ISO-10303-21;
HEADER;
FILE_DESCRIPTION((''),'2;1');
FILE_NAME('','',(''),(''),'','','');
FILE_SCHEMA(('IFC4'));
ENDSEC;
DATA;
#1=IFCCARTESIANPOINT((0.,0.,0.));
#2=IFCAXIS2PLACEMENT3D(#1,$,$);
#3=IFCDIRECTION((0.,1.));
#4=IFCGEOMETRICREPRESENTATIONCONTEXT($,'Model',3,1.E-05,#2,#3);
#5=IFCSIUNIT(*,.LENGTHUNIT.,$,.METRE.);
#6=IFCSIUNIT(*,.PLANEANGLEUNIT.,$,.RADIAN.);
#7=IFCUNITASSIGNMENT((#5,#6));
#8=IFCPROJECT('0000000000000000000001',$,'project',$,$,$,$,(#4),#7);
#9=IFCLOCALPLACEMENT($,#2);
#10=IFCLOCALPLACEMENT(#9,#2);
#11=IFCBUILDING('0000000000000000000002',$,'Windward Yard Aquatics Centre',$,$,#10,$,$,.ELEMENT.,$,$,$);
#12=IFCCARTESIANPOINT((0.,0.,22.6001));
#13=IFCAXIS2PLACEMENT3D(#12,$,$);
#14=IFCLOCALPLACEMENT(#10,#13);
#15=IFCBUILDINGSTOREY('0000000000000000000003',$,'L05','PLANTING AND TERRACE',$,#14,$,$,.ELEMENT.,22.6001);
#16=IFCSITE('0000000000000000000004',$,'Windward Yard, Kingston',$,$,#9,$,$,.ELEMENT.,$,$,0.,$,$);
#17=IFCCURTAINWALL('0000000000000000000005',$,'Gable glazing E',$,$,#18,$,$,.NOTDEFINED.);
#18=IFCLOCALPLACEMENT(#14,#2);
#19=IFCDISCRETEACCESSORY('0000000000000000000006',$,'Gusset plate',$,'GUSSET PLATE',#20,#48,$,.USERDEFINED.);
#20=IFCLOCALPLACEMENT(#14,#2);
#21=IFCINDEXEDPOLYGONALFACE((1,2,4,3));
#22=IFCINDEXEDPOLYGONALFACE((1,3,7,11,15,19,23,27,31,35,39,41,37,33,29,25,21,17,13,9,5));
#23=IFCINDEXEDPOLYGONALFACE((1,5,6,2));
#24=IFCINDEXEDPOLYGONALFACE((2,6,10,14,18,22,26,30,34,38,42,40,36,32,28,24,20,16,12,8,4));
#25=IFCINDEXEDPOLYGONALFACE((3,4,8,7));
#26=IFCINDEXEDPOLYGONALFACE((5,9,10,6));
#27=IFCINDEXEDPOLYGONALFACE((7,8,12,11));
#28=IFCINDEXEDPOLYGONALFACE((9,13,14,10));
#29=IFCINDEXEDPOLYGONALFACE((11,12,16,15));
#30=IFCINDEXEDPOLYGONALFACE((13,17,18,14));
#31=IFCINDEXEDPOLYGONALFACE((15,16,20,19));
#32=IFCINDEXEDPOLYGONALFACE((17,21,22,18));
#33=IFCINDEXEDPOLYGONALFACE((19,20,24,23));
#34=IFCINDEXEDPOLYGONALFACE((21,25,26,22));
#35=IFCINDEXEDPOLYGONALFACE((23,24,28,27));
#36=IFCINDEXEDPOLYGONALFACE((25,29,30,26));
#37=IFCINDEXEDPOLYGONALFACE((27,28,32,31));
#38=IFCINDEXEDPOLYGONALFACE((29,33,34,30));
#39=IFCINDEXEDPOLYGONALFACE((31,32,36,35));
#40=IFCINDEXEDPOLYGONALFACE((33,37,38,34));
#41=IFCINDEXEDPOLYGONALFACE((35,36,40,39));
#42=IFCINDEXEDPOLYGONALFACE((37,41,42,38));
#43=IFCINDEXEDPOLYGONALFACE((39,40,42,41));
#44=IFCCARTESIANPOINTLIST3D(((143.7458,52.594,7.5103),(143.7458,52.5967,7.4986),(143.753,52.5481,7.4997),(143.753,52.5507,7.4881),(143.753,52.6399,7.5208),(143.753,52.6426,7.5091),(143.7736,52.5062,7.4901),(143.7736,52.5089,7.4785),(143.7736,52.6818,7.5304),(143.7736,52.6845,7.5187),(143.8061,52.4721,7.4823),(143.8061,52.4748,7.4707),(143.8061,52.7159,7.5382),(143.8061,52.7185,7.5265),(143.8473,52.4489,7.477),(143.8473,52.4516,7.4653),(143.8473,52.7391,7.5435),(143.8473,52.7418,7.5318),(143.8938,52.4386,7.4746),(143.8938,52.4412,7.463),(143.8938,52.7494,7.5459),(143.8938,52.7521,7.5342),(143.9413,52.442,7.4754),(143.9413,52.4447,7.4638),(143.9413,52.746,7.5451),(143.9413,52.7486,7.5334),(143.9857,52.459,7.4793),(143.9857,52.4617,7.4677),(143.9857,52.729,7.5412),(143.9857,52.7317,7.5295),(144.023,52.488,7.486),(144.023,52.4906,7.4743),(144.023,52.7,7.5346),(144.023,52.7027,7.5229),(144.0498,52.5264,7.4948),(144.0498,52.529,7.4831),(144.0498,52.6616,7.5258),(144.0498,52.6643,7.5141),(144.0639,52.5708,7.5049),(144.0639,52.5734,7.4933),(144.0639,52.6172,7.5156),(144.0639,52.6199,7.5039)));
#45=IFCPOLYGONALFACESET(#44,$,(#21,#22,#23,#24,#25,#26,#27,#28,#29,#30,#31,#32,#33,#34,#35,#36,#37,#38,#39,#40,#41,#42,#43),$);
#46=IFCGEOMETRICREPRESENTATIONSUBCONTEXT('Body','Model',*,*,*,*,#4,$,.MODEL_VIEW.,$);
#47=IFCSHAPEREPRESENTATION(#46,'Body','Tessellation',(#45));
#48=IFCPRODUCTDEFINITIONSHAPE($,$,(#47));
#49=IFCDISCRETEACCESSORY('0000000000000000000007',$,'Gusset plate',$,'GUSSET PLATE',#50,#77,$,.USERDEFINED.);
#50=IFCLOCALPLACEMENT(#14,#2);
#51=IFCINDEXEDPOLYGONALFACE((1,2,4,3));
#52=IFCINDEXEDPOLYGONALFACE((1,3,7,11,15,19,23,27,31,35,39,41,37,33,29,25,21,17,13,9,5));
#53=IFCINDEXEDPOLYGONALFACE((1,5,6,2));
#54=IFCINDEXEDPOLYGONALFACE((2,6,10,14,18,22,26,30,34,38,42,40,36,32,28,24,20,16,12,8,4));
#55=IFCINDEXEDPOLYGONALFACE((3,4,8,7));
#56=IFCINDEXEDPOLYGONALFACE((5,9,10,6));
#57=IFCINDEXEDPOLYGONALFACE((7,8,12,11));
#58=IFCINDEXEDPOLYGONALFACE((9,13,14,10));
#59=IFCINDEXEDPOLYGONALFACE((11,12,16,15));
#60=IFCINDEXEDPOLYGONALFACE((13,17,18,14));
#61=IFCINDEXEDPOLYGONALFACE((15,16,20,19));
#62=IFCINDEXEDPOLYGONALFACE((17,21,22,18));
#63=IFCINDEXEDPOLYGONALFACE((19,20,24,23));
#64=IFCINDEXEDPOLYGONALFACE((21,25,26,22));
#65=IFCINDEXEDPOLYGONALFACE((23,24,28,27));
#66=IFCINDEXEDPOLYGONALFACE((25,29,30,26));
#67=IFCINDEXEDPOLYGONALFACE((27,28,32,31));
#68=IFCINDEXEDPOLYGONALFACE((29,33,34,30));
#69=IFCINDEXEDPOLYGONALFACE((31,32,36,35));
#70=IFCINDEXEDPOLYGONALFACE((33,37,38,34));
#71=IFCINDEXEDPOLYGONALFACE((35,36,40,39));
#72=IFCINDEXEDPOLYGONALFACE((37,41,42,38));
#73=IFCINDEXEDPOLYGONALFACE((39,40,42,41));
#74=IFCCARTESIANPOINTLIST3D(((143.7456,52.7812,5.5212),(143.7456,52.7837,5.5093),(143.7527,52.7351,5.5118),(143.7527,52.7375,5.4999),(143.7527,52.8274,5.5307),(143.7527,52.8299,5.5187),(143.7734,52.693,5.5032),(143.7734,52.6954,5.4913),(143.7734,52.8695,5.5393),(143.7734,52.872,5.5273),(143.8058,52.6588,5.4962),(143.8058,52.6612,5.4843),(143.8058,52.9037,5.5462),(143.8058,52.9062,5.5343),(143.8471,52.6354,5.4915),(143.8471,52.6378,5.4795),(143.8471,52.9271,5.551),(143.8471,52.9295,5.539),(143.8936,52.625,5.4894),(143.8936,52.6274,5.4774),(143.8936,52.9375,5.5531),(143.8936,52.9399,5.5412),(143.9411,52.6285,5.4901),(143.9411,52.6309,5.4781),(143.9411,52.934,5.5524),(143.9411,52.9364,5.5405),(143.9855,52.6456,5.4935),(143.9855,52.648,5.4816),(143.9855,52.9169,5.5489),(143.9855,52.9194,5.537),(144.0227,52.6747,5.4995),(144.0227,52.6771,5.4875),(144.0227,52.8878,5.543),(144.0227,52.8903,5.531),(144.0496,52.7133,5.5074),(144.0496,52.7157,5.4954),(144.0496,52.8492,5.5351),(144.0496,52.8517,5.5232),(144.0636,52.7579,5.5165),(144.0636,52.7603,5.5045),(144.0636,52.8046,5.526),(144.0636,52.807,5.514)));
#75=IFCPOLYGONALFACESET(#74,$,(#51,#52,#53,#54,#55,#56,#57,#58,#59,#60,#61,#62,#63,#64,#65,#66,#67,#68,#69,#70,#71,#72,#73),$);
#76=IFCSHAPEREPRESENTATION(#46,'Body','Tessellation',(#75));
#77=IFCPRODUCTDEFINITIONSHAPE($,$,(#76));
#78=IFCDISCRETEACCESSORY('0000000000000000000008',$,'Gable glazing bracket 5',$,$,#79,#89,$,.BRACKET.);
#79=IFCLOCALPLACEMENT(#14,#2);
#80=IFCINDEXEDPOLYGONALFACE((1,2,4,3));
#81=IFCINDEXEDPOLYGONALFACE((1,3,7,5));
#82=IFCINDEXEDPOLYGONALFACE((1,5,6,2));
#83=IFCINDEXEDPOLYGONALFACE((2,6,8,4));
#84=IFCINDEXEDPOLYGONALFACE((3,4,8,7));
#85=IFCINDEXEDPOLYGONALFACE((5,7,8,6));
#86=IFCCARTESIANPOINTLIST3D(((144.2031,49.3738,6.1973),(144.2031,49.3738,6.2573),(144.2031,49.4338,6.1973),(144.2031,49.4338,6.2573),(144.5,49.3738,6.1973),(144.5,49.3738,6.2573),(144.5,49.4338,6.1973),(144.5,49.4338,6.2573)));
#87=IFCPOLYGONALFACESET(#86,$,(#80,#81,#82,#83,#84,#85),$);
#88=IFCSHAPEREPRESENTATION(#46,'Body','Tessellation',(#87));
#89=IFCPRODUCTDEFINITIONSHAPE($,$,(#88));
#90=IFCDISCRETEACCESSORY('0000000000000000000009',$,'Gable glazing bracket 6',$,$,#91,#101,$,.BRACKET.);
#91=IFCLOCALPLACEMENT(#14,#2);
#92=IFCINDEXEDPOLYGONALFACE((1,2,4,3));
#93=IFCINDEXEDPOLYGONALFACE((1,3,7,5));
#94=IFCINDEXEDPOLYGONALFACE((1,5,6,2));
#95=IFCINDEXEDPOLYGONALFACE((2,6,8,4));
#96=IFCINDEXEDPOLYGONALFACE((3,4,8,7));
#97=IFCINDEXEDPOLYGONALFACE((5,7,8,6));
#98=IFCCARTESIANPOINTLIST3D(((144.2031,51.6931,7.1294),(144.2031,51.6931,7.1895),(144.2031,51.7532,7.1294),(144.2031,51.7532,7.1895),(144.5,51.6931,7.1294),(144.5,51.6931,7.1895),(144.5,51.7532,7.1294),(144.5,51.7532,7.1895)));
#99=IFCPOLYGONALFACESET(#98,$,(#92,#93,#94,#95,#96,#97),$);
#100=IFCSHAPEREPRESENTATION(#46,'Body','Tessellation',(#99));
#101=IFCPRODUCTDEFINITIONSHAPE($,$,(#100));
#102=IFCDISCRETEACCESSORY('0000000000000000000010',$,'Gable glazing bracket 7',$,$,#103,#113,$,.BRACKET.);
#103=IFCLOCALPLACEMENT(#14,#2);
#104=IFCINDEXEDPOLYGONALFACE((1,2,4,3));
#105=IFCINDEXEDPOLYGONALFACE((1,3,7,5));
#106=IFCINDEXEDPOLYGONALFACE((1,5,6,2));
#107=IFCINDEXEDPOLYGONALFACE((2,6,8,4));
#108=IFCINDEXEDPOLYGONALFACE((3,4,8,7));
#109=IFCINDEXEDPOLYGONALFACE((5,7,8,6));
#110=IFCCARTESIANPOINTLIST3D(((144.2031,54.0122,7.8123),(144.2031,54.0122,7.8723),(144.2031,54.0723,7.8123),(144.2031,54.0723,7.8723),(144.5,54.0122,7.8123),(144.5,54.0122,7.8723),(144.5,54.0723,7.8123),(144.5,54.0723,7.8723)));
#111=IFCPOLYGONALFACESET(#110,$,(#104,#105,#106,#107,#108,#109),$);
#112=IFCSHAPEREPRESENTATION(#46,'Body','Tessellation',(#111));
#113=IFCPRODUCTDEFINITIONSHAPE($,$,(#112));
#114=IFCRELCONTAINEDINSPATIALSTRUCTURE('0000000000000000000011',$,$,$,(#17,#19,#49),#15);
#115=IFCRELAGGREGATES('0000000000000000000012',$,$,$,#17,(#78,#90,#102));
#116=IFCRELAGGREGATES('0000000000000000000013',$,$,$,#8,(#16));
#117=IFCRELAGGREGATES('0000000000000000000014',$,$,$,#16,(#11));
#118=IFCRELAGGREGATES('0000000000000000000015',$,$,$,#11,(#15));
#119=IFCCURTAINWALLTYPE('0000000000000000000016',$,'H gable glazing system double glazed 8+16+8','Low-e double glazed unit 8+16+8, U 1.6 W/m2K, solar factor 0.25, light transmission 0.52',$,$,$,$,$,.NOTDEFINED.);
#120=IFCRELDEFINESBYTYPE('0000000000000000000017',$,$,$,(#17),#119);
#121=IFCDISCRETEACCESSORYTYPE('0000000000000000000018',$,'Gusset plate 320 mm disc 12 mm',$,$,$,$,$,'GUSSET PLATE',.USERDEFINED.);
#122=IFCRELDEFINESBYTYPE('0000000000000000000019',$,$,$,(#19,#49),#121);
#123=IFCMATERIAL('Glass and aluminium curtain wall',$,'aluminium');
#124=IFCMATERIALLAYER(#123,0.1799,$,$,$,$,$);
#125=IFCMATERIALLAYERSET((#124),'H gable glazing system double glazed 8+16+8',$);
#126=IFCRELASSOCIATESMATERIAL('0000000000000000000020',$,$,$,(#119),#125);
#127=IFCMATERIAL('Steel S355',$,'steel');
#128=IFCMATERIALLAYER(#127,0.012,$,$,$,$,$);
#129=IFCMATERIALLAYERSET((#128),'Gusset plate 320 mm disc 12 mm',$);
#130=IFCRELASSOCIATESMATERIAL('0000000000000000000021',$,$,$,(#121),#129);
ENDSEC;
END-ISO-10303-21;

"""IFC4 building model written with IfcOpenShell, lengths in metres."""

from ifc_helpers import new_model, si_unit, direction, frame, origin, origin_2d, place, context, subcontext, project, spatial, rectangle, circle, extrude, material, layer, layer_set, type_object, element, aggregate, save


model = new_model("IFC4")

# Units and contexts
model_context = context("Model", 3, precision=1e-05, world=origin(), true_north=direction((0.0, 1.0)))
body_context = subcontext(model_context, "Body", "Model", "MODEL_VIEW")
ifc_project = project(units=[si_unit("LENGTHUNIT", "METRE"), si_unit("PLANEANGLEUNIT", "RADIAN")], contexts=[model_context])

# Site, building, storey
site_placement = place(None, origin())
site = spatial("IfcSite", under=ifc_project, at=site_placement, Name="Windward Yard, Kingston", CompositionType="ELEMENT", RefElevation=0.0)
building_placement = place(site_placement, origin())
building = spatial("IfcBuilding", under=site, at=building_placement, Name="Windward Yard Aquatics Centre", CompositionType="ELEMENT")
storey_placement = place(building_placement, frame((0.0, 0.0, 22.6001)))
storey = spatial("IfcBuildingStorey", under=building, at=storey_placement, Name="L05", Description="PLANTING AND TERRACE", CompositionType="ELEMENT", Elevation=22.6001)

# Curtain wall
ifc_material_1 = material(Name="Glass and aluminium curtain wall", Category="aluminium")
ifc_layer_1 = layer(ifc_material_1, 0.1799)
ifc_layer_set_1 = layer_set([ifc_layer_1], Name="H gable glazing system double glazed 8+16+8")
curtain_wall_type = type_object("IfcCurtainWallType", Name="H gable glazing system double glazed 8+16+8", Description="Low-e double glazed unit 8+16+8, U 1.6 W/m2K, solar factor 0.25, light transmission 0.52", PredefinedType="NOTDEFINED", material=ifc_layer_set_1)
curtain_wall_placement = place(storey_placement, origin())
curtain_wall = element("IfcCurtainWall", 1, at=curtain_wall_placement, inside=storey, type_object=curtain_wall_type, Name="Gable glazing E", PredefinedType="NOTDEFINED")

# Discrete accessories
ifc_material_2 = material(Name="Steel S355", Category="steel")
ifc_layer_2 = layer(ifc_material_2, 0.012)
ifc_layer_set_2 = layer_set([ifc_layer_2], Name="Gusset plate 320 mm disc 12 mm")
discrete_accessory_type = type_object("IfcDiscreteAccessoryType", Name="Gusset plate 320 mm disc 12 mm", ElementType="GUSSET PLATE", PredefinedType="USERDEFINED", material=ifc_layer_set_2)
discrete_accessory_1_placement = place(storey_placement, frame((143.9058, 52.594, 7.5103), z_axis=(0.0, 0.223376, -0.974732), x_axis=(-1.0, 0.0, 0.0)))
element("IfcDiscreteAccessory", 2, at=discrete_accessory_1_placement, inside=storey, type_object=discrete_accessory_type, Name="Gusset plate", ObjectType="GUSSET PLATE", PredefinedType="USERDEFINED", context=body_context, shape_type="SweptSolid", body=[
    extrude(circle(Radius=0.1599, at=origin_2d()), origin(), (0.0, 0.0, 1.0), 0.012),
])
discrete_accessory_2_placement = place(storey_placement, frame((143.9055, 52.7812, 5.5212), z_axis=(0.0, 0.19996, -0.979804), x_axis=(-1.0, 0.0, 0.0)))
element("IfcDiscreteAccessory", 3, at=discrete_accessory_2_placement, inside=storey, type_object=discrete_accessory_type, Name="Gusset plate", ObjectType="GUSSET PLATE", PredefinedType="USERDEFINED", context=body_context, shape_type="SweptSolid", body=[
    extrude(circle(Radius=0.1599, at=origin_2d()), origin(), (0.0, 0.0, 1.0), 0.0122),
])

# Discrete accessories
discrete_accessory_3_placement = place(storey_placement, frame((144.2031, 49.4038, 6.2273), z_axis=(1.0, 0.0, 0.0), x_axis=(0.0, 1.0, 0.0)))
discrete_accessory_3 = element("IfcDiscreteAccessory", 4, at=discrete_accessory_3_placement, Name="Gable glazing bracket 5", PredefinedType="BRACKET", context=body_context, shape_type="SweptSolid", body=[
    extrude(rectangle(XDim=0.0601, YDim=0.0601, at=origin_2d()), origin(), (0.0, 0.0, 1.0), 0.2969),
])
discrete_accessory_4_placement = place(storey_placement, frame((144.2031, 51.7231, 7.1594), z_axis=(1.0, 0.0, 0.0), x_axis=(0.0, 1.0, 0.0)))
discrete_accessory_4 = element("IfcDiscreteAccessory", 5, at=discrete_accessory_4_placement, Name="Gable glazing bracket 6", PredefinedType="BRACKET", context=body_context, shape_type="SweptSolid", body=[
    extrude(rectangle(XDim=0.0601, YDim=0.0601, at=origin_2d()), origin(), (0.0, 0.0, 1.0), 0.2969),
])
discrete_accessory_5_placement = place(storey_placement, frame((144.2031, 54.0422, 7.8423), z_axis=(1.0, 0.0, 0.0), x_axis=(0.0, 1.0, 0.0)))
discrete_accessory_5 = element("IfcDiscreteAccessory", 6, at=discrete_accessory_5_placement, Name="Gable glazing bracket 7", PredefinedType="BRACKET", context=body_context, shape_type="SweptSolid", body=[
    extrude(rectangle(XDim=0.0601, YDim=0.0601, at=origin_2d()), origin(), (0.0, 0.0, 1.0), 0.2969),
])
aggregate(curtain_wall, [discrete_accessory_3, discrete_accessory_4, discrete_accessory_5])

save(model, "model.ifc")
